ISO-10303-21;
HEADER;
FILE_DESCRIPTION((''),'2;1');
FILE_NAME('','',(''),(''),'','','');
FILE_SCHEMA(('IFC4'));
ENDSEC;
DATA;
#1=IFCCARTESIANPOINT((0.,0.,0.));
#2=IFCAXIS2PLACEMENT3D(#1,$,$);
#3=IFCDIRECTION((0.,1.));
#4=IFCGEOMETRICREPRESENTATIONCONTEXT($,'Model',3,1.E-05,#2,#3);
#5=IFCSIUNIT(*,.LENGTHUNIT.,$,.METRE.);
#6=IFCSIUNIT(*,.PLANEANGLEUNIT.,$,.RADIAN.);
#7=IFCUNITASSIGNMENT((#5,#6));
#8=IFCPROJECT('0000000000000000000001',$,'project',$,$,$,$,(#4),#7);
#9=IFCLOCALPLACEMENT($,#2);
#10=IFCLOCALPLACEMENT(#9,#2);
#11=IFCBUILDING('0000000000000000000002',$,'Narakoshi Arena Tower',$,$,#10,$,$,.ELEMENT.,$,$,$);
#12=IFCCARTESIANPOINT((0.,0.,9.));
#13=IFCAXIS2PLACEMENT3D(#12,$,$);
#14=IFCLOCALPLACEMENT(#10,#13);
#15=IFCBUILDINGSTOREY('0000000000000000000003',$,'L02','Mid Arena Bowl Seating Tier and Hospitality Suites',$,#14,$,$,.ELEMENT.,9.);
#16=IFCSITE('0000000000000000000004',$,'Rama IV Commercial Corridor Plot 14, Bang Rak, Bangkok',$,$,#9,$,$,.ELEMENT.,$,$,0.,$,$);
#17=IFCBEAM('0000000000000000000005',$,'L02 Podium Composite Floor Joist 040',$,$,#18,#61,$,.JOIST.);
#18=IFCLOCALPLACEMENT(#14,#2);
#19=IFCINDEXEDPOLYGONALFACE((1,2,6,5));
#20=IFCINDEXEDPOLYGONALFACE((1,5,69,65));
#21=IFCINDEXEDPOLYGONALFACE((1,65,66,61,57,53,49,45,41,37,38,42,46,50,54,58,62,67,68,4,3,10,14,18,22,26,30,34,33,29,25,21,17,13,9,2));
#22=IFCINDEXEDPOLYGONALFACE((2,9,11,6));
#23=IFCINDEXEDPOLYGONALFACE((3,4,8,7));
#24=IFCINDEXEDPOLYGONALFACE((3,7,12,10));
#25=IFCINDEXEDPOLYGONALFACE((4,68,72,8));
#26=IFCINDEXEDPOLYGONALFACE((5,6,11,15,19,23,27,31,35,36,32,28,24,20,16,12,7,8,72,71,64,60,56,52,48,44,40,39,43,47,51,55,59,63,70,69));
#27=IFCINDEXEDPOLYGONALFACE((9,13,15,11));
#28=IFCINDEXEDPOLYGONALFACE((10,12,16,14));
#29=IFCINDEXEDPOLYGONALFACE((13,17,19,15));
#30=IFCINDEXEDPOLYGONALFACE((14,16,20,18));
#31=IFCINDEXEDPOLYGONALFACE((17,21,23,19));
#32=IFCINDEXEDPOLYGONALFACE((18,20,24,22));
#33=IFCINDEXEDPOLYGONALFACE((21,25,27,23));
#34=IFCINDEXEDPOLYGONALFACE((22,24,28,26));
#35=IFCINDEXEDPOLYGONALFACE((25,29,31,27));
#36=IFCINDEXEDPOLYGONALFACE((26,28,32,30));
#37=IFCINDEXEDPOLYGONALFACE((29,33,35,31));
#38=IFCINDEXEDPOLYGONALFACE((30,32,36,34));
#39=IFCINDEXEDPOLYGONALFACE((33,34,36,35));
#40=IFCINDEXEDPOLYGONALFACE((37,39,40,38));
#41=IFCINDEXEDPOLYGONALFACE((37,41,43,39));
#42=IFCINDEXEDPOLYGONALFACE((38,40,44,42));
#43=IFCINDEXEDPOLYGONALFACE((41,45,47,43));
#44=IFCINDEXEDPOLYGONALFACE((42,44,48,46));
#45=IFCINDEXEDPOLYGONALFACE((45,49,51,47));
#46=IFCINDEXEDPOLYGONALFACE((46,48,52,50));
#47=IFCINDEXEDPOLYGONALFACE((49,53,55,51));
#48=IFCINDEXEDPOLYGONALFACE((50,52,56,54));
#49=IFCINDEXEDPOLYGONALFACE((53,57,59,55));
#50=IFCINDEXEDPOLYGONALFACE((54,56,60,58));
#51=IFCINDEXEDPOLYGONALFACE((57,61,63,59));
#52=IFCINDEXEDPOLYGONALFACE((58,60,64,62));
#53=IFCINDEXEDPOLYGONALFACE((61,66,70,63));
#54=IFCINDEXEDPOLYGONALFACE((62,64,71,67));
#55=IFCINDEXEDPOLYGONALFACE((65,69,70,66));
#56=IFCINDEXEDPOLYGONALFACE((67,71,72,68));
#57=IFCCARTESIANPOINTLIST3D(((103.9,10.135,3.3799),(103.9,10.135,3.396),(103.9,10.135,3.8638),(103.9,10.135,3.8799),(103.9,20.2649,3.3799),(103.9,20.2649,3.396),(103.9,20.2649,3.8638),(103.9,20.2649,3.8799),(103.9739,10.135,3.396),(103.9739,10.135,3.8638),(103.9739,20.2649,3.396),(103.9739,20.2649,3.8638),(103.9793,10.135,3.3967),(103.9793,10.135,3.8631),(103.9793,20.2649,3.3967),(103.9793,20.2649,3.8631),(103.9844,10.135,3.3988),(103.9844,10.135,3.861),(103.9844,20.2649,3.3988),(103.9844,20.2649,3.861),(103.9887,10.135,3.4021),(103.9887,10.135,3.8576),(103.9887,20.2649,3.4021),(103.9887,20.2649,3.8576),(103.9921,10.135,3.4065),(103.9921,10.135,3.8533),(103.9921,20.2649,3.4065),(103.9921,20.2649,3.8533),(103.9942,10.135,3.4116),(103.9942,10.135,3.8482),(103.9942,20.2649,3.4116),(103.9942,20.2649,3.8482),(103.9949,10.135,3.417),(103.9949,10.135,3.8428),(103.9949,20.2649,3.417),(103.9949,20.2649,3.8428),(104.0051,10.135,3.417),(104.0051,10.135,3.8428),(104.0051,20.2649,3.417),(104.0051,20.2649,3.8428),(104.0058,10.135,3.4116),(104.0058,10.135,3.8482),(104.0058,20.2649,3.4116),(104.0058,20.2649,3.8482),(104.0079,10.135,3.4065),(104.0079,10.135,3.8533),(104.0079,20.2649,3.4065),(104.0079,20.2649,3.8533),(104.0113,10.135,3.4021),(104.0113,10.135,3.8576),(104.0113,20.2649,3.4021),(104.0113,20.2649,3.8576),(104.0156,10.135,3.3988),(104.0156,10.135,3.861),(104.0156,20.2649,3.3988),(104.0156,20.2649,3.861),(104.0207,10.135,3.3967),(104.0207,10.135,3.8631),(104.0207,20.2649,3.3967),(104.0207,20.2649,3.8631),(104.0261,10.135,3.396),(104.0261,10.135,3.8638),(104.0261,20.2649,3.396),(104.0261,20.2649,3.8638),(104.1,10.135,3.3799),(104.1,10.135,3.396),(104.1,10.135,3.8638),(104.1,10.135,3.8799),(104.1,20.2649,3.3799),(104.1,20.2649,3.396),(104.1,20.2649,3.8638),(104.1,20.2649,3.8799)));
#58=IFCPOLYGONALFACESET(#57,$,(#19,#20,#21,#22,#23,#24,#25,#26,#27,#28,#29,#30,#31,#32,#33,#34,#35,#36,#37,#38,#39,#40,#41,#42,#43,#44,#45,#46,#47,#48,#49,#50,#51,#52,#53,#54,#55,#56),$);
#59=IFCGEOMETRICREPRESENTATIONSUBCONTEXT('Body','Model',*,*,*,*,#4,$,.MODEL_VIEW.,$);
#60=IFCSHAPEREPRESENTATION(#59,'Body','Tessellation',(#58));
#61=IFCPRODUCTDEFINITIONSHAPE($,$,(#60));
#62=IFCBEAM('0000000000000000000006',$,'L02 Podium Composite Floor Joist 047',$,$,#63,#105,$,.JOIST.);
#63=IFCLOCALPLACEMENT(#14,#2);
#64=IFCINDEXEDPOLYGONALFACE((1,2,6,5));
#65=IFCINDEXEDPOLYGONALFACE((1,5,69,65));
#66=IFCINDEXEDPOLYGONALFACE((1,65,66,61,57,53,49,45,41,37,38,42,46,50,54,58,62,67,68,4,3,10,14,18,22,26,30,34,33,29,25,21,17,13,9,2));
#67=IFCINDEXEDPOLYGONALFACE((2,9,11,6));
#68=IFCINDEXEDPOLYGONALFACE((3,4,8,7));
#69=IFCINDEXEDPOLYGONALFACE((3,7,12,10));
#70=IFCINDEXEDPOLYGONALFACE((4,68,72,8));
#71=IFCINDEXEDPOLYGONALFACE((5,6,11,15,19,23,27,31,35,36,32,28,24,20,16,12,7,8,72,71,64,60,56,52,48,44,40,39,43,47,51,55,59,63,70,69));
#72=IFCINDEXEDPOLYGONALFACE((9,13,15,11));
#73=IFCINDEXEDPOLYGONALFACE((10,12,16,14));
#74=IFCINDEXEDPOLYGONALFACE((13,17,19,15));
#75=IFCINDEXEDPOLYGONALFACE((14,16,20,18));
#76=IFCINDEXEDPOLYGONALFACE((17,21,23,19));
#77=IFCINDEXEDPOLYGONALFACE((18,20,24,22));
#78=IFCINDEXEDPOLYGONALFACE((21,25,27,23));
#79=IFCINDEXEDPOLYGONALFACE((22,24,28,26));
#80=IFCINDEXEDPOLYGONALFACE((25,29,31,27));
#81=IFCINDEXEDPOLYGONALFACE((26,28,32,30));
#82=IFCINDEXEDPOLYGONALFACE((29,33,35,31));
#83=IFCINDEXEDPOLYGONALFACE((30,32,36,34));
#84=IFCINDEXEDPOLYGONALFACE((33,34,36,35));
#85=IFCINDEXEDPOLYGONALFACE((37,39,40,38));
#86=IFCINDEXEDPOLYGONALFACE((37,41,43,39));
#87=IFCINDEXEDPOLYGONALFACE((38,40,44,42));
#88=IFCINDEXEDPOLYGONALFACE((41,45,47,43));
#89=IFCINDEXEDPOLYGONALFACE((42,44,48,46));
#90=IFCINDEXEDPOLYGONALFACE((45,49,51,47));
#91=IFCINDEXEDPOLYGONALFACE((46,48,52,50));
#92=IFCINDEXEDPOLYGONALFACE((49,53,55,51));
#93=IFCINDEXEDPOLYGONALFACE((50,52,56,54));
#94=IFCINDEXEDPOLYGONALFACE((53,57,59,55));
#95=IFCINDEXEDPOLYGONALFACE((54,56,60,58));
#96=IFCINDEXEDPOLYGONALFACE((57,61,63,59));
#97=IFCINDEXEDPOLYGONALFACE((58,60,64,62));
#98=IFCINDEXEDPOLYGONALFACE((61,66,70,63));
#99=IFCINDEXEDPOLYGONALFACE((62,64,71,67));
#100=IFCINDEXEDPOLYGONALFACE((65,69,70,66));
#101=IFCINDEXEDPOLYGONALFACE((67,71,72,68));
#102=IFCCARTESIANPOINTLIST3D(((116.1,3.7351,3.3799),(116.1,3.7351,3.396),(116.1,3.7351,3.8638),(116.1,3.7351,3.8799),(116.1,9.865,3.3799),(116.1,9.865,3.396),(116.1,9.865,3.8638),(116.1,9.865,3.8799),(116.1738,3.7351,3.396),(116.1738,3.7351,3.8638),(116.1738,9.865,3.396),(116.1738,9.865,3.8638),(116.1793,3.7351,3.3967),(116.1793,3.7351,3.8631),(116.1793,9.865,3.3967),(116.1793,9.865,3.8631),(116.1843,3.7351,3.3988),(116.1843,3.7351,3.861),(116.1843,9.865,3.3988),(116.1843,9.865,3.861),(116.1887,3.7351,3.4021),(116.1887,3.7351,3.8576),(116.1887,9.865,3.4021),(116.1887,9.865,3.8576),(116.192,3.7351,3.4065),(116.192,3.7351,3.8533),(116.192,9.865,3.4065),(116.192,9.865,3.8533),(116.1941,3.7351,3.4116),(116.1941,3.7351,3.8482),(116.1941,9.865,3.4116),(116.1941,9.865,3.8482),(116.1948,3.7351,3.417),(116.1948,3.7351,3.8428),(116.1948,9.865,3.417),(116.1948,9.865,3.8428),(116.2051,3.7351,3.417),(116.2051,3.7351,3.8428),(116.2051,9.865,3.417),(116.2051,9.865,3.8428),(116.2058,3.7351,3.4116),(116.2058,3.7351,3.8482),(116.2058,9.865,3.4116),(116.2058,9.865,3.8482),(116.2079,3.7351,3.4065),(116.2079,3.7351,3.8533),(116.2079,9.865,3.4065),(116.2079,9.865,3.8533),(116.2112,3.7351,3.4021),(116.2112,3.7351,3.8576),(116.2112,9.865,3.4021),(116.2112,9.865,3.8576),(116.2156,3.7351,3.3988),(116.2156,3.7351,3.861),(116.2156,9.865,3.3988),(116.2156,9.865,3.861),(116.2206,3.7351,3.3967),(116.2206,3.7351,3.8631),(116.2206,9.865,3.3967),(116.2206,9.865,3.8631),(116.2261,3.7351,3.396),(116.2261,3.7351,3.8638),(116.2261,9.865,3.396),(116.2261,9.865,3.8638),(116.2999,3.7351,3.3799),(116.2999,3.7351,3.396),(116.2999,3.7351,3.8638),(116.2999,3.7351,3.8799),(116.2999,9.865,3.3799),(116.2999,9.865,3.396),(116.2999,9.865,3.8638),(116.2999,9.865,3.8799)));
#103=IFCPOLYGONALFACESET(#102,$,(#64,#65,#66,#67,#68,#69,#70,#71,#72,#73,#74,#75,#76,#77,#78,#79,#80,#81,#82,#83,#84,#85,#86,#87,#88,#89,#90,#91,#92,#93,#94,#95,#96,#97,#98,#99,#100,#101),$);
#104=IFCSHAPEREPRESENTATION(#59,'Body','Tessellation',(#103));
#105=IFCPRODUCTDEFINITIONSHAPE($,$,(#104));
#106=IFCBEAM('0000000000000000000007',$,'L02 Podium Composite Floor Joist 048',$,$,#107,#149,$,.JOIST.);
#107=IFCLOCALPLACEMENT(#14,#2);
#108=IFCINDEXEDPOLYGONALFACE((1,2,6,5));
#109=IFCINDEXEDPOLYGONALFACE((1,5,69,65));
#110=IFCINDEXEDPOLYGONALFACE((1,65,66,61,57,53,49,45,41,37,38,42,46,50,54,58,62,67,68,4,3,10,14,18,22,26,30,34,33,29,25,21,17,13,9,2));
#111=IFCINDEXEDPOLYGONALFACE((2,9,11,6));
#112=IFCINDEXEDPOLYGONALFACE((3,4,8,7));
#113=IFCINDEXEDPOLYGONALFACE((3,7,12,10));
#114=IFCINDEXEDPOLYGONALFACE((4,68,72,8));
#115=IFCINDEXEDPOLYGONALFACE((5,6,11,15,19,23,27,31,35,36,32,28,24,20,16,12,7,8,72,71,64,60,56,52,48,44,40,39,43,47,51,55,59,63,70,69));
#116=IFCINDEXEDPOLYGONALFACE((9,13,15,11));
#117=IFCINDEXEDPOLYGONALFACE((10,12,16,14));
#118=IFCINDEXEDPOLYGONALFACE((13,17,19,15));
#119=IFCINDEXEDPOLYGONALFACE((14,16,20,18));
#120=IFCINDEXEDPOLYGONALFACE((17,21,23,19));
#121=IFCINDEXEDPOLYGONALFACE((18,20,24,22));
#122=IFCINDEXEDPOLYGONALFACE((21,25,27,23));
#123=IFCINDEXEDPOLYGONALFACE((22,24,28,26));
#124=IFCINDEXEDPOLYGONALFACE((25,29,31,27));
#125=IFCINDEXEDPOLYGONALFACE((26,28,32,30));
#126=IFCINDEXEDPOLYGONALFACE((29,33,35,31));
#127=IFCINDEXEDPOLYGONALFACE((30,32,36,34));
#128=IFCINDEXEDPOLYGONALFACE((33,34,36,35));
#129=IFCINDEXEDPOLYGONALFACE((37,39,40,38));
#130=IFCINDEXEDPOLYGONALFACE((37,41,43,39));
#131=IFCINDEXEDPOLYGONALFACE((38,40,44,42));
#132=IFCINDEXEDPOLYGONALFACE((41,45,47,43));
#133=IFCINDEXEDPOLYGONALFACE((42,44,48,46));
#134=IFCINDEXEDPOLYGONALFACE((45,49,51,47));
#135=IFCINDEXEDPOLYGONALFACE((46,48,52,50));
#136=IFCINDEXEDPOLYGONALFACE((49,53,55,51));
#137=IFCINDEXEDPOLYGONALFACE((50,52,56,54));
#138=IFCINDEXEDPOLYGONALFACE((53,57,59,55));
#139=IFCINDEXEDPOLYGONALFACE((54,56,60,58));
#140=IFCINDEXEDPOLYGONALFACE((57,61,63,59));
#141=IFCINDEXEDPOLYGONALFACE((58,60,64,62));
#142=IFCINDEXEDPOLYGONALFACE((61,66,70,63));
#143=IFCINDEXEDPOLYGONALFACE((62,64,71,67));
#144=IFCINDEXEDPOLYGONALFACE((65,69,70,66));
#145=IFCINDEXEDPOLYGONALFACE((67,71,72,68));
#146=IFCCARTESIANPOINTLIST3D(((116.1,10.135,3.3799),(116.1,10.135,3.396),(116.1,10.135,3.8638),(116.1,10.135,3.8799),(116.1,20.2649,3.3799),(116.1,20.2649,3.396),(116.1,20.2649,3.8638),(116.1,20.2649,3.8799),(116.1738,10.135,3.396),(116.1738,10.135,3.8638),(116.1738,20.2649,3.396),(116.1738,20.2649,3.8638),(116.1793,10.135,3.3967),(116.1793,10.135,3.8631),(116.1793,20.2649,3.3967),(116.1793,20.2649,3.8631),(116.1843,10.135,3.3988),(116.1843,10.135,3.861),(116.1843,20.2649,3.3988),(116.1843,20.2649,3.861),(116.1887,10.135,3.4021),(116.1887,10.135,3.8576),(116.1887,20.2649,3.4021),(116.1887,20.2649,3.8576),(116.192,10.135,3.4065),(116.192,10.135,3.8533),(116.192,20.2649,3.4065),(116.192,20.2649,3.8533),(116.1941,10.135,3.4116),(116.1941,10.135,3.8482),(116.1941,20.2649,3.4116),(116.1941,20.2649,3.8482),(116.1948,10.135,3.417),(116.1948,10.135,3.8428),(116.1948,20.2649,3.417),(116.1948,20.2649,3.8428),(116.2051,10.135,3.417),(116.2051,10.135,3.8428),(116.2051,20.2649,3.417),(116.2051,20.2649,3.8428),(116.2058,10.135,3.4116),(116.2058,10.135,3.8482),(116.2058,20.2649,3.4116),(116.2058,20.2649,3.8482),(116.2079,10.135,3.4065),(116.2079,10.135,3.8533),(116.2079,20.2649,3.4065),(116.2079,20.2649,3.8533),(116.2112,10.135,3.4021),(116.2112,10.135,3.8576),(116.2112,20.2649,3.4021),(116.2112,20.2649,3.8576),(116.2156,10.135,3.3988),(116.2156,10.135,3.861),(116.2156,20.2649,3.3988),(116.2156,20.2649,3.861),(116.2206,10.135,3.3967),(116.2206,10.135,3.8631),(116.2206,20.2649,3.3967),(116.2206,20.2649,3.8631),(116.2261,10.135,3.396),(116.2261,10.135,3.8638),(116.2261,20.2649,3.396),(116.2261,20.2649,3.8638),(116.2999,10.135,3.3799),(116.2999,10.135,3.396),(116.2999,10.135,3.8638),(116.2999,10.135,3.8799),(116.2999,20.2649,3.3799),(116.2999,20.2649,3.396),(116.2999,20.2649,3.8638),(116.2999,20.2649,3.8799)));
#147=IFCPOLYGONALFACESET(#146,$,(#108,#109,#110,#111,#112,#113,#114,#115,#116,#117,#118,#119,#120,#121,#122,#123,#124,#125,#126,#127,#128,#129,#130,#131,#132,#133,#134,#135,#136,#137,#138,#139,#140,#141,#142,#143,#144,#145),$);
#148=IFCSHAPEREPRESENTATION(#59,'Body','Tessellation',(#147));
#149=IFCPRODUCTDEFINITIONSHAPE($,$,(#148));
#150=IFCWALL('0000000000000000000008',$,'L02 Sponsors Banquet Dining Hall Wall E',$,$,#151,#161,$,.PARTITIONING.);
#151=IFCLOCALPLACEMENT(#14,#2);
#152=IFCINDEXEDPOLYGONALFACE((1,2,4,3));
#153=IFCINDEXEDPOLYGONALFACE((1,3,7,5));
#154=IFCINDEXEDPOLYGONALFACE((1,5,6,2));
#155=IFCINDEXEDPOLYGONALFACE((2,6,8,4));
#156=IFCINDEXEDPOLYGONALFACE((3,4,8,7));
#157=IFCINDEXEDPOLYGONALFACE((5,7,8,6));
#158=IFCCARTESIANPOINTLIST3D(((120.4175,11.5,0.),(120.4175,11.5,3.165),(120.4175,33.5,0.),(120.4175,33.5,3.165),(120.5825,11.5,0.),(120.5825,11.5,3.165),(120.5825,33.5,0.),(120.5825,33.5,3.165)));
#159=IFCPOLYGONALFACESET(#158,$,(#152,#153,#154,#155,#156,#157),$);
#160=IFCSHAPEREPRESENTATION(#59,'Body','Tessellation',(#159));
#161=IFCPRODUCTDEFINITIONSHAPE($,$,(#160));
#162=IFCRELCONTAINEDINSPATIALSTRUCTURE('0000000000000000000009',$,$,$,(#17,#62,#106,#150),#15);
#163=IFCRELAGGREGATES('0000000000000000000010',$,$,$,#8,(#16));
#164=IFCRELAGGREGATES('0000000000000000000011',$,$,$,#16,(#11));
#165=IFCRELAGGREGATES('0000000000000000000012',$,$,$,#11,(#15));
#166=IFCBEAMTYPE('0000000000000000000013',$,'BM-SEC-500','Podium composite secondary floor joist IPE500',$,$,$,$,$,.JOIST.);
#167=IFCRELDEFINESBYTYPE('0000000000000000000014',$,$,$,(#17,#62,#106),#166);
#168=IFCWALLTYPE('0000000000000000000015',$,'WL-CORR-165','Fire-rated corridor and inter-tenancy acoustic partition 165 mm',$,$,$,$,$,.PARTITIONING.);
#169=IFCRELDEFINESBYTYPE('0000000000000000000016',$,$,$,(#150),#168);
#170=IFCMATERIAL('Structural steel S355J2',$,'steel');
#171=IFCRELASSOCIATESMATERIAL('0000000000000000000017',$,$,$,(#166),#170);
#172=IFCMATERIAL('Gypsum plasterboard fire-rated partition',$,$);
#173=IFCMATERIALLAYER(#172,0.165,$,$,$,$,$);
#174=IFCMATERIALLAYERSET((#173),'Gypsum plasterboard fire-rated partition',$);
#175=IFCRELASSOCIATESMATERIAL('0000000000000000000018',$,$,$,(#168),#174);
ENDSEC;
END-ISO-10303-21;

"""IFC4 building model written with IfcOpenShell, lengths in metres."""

from ifc_helpers import new_model, si_unit, direction, frame, frame_2d, origin, origin_2d, place, context, subcontext, project, spatial, rectangle, i_section, extrude, material, layer, layer_set, material_profile, profile_set, type_object, element, save


model = new_model("IFC4")

# Units and contexts
model_context = context("Model", 3, precision=1e-05, world=origin(), true_north=direction((0.0, 1.0)))
body_context = subcontext(model_context, "Body", "Model", "MODEL_VIEW")
ifc_project = project(units=[si_unit("LENGTHUNIT", "METRE"), si_unit("PLANEANGLEUNIT", "RADIAN")], contexts=[model_context])

# Site, building, storey
site_placement = place(None, origin())
site = spatial("IfcSite", under=ifc_project, at=site_placement, Name="Rama IV Commercial Corridor Plot 14, Bang Rak, Bangkok", CompositionType="ELEMENT", RefElevation=0.0)
building_placement = place(site_placement, origin())
building = spatial("IfcBuilding", under=site, at=building_placement, Name="Narakoshi Arena Tower", CompositionType="ELEMENT")
storey_placement = place(building_placement, frame((0.0, 0.0, 9.0)))
storey = spatial("IfcBuildingStorey", under=building, at=storey_placement, Name="L02", Description="Mid Arena Bowl Seating Tier and Hospitality Suites", CompositionType="ELEMENT", Elevation=9.0)

# Beams
ifc_material_1 = material(Name="Structural steel S355J2", Category="steel")
ifc_material_profile_1 = material_profile(ifc_material_1, i_section(OverallWidth=0.2, OverallDepth=0.5, WebThickness=0.0103, FlangeThickness=0.0161, FilletRadius=0.021, at=origin_2d()), Name="IPE500")
ifc_profile_set_1 = profile_set([ifc_material_profile_1], Name="Structural steel S355J2")
beam_type_1 = type_object("IfcBeamType", Name="BM-SEC-500", Description="Podium composite secondary floor joist IPE500", PredefinedType="JOIST", material=ifc_profile_set_1)
beam_1_placement = place(storey_placement, frame((104.0, 10.135, 3.6299), z_axis=(0.0, 1.0, 0.0), x_axis=(-1.0, 0.0, 0.0)))
element("IfcBeam", 1, at=beam_1_placement, inside=storey, type_object=beam_type_1, Name="L02 Podium Composite Floor Joist 040", PredefinedType="JOIST", context=body_context, shape_type="SweptSolid", body=[
    extrude(i_section(OverallWidth=0.2, OverallDepth=0.5, WebThickness=0.0103, FlangeThickness=0.0161, FilletRadius=0.021, at=origin_2d()), origin(), (0.0, 0.0, 1.0), 10.1299),
])
beam_2_placement = place(storey_placement, frame((116.2, 3.7351, 3.6299), z_axis=(0.0, 1.0, 0.0), x_axis=(-1.0, 0.0, 0.0)))
element("IfcBeam", 2, at=beam_2_placement, inside=storey, type_object=beam_type_1, Name="L02 Podium Composite Floor Joist 047", PredefinedType="JOIST", context=body_context, shape_type="SweptSolid", body=[
    extrude(i_section(OverallWidth=0.2, OverallDepth=0.5, WebThickness=0.0103, FlangeThickness=0.0161, FilletRadius=0.021, at=origin_2d()), origin(), (0.0, 0.0, 1.0), 6.1299),
])
beam_3_placement = place(storey_placement, frame((116.2, 10.135, 3.6299), z_axis=(0.0, 1.0, 0.0), x_axis=(-1.0, 0.0, 0.0)))
element("IfcBeam", 3, at=beam_3_placement, inside=storey, type_object=beam_type_1, Name="L02 Podium Composite Floor Joist 048", PredefinedType="JOIST", context=body_context, shape_type="SweptSolid", body=[
    extrude(i_section(OverallWidth=0.2, OverallDepth=0.5, WebThickness=0.0103, FlangeThickness=0.0161, FilletRadius=0.021, at=origin_2d()), origin(), (0.0, 0.0, 1.0), 10.1299),
])

# Wall
ifc_material_2 = material(Name="Gypsum plasterboard fire-rated partition")
ifc_layer_1 = layer(ifc_material_2, 0.165)
ifc_layer_set_1 = layer_set([ifc_layer_1], Name="Gypsum plasterboard fire-rated partition")
wall_type_1 = type_object("IfcWallType", Name="WL-CORR-165", Description="Fire-rated corridor and inter-tenancy acoustic partition 165 mm", PredefinedType="PARTITIONING", material=ifc_layer_set_1)
wall_1_placement = place(storey_placement, frame((120.5, 11.5, 0.0), z_axis=(0.0, 0.0, 1.0), x_axis=(0.0, 1.0, 0.0)))
element("IfcWall", 4, at=wall_1_placement, inside=storey, type_object=wall_type_1, Name="L02 Sponsors Banquet Dining Hall Wall E", PredefinedType="PARTITIONING", context=body_context, shape_type="SweptSolid", body=[
    extrude(rectangle(XDim=22.0, YDim=0.165, at=frame_2d((11.0, 0.0))), origin(), (0.0, 0.0, 1.0), 3.165),
])

save(model, "model.ifc")
